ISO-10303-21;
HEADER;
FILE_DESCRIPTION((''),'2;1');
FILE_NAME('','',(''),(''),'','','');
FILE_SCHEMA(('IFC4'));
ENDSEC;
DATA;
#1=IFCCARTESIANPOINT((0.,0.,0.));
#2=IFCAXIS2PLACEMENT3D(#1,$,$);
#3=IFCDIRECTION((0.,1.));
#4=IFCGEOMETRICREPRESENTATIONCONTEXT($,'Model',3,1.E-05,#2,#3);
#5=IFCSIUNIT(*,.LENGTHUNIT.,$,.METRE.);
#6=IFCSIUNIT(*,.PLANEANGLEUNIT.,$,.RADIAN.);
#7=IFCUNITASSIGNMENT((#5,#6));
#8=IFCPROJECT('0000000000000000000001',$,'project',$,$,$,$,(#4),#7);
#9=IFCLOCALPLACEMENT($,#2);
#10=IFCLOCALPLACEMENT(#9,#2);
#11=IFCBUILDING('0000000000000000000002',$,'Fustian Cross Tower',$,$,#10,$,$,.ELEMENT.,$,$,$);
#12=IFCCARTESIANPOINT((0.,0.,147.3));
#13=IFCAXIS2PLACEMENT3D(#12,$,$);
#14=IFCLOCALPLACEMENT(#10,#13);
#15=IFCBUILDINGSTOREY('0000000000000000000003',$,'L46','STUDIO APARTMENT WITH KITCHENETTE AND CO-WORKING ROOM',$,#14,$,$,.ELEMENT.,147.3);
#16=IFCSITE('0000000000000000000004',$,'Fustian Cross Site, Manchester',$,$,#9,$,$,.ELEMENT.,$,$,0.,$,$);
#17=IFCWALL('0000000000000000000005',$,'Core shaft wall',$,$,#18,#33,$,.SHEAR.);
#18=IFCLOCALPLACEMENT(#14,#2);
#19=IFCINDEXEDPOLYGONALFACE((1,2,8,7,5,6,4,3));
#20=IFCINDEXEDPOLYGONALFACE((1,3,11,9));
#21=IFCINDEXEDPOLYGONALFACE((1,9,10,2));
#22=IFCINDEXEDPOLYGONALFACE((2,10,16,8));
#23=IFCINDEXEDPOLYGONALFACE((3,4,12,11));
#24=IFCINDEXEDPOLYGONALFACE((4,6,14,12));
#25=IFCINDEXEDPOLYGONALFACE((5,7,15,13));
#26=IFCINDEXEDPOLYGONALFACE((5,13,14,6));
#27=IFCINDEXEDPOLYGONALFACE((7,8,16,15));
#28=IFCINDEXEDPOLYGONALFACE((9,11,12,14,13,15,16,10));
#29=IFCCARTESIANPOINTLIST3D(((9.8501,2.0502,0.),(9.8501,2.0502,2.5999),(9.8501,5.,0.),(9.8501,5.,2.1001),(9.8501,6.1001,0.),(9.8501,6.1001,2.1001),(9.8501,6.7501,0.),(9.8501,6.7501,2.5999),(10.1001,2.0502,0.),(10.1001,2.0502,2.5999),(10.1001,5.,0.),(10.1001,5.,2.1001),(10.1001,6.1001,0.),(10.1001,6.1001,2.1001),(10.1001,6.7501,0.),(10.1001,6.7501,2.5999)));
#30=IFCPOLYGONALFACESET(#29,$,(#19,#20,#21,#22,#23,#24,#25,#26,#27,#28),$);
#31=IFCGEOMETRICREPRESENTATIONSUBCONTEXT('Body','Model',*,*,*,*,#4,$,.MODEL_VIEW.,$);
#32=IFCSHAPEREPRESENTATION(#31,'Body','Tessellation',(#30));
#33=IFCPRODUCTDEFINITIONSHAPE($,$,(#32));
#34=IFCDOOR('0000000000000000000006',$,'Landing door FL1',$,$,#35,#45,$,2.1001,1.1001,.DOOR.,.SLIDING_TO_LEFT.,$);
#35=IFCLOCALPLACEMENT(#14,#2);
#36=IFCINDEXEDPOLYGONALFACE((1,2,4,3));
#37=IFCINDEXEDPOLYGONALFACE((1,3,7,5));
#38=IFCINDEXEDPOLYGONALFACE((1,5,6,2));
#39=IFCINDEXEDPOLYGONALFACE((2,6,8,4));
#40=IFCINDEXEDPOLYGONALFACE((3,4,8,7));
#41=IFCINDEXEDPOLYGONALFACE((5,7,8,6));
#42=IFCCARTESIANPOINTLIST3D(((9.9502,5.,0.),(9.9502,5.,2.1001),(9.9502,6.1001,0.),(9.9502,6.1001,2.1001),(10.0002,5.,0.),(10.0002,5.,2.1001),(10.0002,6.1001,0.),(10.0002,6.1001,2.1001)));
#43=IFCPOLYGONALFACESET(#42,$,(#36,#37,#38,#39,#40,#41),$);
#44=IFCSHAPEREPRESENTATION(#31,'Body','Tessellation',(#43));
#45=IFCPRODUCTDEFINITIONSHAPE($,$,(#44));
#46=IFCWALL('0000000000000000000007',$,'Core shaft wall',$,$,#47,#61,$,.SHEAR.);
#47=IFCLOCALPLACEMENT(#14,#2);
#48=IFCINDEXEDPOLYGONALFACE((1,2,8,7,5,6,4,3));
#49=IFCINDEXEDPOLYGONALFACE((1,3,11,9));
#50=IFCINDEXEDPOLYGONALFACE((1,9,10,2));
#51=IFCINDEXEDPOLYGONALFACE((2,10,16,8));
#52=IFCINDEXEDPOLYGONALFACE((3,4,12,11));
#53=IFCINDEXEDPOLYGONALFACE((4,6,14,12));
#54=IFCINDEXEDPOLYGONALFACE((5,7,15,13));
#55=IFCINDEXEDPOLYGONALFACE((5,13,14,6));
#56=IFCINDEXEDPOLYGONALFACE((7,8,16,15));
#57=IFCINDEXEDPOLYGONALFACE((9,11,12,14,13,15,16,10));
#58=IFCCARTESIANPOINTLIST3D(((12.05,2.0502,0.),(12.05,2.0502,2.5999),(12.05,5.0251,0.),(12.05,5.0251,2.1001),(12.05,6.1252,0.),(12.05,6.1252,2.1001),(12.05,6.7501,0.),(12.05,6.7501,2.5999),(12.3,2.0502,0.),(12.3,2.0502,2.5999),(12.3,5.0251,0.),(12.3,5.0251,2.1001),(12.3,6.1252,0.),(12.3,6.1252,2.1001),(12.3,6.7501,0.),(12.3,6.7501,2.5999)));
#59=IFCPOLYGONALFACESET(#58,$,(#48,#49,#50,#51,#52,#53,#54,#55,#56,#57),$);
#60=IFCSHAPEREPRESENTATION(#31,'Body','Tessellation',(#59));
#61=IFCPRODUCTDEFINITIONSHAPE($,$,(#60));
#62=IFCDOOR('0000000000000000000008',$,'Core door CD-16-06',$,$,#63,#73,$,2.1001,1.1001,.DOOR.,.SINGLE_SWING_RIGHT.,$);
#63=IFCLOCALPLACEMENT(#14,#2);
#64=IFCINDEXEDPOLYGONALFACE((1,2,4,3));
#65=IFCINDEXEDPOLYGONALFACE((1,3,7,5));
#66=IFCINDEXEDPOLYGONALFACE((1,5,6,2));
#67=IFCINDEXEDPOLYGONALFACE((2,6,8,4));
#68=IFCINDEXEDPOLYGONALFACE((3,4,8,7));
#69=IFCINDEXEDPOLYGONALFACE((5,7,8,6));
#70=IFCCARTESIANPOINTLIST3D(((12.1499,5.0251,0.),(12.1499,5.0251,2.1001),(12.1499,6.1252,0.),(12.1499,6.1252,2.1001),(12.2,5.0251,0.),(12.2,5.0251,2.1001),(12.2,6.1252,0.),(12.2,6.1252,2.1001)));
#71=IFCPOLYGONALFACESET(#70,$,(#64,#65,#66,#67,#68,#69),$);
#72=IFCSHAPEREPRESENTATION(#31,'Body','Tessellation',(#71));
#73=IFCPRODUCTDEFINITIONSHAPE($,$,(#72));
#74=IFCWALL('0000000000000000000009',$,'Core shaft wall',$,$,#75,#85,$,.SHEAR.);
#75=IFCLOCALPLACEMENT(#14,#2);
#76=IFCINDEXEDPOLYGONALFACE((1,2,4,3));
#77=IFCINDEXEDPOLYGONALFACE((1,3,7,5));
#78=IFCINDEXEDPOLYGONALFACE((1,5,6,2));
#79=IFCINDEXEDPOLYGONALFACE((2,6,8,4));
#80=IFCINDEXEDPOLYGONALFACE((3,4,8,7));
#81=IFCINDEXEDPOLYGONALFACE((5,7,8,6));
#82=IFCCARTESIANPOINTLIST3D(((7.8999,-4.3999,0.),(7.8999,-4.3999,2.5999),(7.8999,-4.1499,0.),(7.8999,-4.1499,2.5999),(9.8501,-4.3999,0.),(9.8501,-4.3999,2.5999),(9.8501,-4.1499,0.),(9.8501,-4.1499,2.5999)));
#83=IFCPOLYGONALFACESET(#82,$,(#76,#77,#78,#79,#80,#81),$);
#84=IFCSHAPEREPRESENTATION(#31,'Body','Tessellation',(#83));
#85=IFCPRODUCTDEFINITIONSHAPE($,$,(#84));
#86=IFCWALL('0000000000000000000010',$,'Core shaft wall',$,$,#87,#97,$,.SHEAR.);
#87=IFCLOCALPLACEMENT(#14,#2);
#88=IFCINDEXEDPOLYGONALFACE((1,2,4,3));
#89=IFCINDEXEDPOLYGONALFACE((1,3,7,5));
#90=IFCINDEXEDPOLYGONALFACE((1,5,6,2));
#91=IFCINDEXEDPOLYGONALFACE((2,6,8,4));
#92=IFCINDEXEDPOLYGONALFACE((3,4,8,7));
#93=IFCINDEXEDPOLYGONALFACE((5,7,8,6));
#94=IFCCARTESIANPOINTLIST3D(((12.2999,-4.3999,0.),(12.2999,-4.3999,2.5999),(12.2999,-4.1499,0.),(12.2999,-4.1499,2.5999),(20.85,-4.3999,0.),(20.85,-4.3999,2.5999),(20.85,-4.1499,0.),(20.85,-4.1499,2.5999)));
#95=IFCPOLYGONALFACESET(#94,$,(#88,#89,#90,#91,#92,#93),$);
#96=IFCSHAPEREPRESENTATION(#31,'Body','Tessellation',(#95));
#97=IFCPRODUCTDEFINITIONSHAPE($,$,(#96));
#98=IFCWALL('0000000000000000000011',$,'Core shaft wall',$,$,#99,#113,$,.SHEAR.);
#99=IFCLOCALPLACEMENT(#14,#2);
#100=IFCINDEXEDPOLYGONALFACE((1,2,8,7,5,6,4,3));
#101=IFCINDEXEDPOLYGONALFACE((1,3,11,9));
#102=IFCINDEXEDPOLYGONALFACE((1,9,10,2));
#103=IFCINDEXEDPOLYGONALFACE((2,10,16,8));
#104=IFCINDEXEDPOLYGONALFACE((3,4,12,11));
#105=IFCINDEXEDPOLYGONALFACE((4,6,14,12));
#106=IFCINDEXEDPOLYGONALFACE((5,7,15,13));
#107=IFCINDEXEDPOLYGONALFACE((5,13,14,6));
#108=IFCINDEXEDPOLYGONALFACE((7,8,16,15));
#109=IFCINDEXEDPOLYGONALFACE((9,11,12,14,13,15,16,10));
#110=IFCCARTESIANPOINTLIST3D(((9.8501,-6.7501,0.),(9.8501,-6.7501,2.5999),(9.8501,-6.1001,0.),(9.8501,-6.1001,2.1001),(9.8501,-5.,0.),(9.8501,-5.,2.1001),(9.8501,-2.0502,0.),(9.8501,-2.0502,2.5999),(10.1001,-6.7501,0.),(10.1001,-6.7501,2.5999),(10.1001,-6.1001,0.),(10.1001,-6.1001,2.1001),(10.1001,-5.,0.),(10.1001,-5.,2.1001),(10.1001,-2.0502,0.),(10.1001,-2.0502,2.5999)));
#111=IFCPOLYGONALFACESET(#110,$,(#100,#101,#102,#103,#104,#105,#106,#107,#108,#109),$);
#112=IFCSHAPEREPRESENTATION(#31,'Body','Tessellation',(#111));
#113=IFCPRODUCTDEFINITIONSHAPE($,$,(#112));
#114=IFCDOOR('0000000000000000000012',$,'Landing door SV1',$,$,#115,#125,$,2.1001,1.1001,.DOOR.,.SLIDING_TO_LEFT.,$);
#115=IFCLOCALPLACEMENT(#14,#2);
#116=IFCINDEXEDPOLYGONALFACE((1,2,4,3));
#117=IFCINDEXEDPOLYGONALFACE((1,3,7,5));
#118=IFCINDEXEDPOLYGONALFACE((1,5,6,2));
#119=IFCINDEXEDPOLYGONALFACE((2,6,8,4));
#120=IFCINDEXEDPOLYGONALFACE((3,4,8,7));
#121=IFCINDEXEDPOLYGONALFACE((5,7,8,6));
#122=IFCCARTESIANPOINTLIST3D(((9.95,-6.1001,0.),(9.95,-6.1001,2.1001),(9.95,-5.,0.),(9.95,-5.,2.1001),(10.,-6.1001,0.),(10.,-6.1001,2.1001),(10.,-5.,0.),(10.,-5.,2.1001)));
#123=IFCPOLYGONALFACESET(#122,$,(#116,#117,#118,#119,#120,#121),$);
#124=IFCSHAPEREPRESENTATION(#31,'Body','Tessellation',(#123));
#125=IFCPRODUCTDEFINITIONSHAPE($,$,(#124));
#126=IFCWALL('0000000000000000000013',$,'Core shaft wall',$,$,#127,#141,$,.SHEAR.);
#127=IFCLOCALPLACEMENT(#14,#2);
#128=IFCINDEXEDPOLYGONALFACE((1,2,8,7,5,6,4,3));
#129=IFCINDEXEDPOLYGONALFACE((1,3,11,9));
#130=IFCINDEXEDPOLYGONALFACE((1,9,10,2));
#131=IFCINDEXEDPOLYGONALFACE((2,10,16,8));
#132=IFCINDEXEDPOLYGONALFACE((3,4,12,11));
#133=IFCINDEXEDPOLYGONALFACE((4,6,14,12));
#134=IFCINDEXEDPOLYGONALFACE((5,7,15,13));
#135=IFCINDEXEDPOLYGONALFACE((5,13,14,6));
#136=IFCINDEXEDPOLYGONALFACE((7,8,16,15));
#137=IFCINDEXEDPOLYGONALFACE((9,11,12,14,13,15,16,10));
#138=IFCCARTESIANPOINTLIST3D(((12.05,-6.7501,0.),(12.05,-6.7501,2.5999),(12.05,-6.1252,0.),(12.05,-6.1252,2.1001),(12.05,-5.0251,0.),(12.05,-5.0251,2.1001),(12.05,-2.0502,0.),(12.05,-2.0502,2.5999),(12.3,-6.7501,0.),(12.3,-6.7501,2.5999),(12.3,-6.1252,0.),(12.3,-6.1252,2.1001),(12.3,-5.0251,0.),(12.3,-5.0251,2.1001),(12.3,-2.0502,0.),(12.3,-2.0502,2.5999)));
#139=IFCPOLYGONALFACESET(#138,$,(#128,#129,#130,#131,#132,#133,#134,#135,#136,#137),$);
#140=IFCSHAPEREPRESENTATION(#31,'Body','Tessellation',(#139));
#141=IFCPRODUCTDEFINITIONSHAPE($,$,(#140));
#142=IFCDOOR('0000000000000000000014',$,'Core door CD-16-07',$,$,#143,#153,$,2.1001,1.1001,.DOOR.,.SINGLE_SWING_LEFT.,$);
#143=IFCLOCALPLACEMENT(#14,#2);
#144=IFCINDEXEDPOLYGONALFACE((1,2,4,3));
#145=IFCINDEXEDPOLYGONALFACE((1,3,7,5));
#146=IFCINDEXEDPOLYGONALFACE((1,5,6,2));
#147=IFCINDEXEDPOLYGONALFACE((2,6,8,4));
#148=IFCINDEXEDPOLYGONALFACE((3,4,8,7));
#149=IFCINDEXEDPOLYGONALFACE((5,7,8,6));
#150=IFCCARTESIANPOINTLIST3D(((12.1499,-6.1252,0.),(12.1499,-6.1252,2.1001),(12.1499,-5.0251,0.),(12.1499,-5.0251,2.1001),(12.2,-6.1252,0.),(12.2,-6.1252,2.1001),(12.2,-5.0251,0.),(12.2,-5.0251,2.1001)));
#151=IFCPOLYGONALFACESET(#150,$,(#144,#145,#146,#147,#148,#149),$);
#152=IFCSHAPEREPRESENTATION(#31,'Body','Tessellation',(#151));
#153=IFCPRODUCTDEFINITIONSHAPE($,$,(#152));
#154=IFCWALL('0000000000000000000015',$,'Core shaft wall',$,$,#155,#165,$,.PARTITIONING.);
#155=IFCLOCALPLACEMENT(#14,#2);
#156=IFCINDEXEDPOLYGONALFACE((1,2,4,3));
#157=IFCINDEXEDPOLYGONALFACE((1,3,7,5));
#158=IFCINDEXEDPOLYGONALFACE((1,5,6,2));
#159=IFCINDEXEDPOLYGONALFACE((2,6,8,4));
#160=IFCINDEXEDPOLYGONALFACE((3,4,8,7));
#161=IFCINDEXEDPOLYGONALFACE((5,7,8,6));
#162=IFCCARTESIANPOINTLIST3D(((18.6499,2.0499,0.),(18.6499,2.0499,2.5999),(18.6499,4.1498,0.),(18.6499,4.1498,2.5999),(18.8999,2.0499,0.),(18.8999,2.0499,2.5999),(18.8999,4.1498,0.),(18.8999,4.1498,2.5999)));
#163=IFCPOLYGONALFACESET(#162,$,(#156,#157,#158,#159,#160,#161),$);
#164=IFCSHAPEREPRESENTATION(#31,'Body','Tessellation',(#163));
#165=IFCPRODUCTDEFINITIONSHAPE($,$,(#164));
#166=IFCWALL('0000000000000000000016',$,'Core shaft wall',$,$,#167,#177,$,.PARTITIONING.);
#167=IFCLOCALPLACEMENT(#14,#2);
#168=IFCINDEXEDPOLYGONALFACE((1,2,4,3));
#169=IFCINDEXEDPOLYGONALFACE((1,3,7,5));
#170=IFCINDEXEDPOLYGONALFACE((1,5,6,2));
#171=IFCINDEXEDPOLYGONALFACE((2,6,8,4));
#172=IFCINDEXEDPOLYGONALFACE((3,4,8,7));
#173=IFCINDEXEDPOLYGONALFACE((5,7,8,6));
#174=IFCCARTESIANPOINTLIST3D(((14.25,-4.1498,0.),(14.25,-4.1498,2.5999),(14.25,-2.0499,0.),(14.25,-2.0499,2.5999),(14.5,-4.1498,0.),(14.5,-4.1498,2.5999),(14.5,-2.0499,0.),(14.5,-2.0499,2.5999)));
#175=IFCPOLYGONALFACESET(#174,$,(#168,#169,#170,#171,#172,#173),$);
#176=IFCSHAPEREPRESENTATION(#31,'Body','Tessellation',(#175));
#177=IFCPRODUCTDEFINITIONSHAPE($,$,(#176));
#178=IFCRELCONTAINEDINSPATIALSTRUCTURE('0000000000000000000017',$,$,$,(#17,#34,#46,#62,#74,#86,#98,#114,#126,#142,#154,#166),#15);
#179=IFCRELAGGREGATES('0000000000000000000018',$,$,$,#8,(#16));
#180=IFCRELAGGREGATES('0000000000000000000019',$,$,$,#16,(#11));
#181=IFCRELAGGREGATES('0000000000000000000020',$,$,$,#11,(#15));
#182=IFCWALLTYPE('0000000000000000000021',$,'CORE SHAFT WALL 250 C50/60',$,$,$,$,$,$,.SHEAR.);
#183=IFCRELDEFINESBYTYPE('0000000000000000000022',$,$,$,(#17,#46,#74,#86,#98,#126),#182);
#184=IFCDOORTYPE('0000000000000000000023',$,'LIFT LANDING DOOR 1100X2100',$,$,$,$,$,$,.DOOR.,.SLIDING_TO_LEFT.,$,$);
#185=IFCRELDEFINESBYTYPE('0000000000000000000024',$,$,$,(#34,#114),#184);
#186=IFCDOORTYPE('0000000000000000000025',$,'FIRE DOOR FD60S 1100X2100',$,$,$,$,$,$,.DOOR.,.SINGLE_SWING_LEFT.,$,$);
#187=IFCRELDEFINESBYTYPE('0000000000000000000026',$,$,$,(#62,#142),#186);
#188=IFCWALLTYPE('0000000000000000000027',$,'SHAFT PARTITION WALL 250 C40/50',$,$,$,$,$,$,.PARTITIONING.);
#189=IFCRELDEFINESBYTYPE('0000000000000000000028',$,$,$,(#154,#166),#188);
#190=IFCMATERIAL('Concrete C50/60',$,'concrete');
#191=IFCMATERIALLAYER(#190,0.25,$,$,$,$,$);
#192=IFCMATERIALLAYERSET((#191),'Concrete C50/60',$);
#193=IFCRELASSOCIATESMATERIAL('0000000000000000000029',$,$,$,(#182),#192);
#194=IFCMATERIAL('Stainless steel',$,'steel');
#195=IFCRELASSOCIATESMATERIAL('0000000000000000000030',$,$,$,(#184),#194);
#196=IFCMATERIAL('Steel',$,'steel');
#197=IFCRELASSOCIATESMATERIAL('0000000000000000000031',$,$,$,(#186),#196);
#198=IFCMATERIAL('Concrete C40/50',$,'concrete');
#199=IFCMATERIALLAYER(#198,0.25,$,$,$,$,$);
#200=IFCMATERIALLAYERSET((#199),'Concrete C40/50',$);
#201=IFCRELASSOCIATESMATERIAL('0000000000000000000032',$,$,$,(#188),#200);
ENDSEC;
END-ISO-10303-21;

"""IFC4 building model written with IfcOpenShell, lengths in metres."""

from ifc_helpers import new_model, si_unit, direction, frame, frame_2d, origin, place, context, subcontext, project, spatial, rectangle, extrude, material, layer, layer_set, type_object, element, fill, save


model = new_model("IFC4")

# Units and contexts
model_context = context("Model", 3, precision=1e-05, world=origin(), true_north=direction((0.0, 1.0)))
body_context = subcontext(model_context, "Body", "Model", "MODEL_VIEW")
ifc_project = project(units=[si_unit("LENGTHUNIT", "METRE"), si_unit("PLANEANGLEUNIT", "RADIAN")], contexts=[model_context])

# Site, building, storey
site_placement = place(None, origin())
site = spatial("IfcSite", under=ifc_project, at=site_placement, Name="Fustian Cross Site, Manchester", CompositionType="ELEMENT", RefElevation=0.0)
building_placement = place(site_placement, origin())
building = spatial("IfcBuilding", under=site, at=building_placement, Name="Fustian Cross Tower", CompositionType="ELEMENT")
storey_placement = place(building_placement, frame((0.0, 0.0, 147.3)))
storey = spatial("IfcBuildingStorey", under=building, at=storey_placement, Name="L46", Description="STUDIO APARTMENT WITH KITCHENETTE AND CO-WORKING ROOM", CompositionType="ELEMENT", Elevation=147.3)

# Shared definitions
ifc_material_1 = material(Name="Concrete C50/60", Category="concrete")
ifc_layer_1 = layer(ifc_material_1, 0.25)
ifc_layer_set_1 = layer_set([ifc_layer_1], Name="Concrete C50/60")
wall_type_1 = type_object("IfcWallType", Name="CORE SHAFT WALL 250 C50/60", PredefinedType="SHEAR", material=ifc_layer_set_1)

# Walls, openings, doors
wall_1_placement = place(storey_placement, frame((9.9751, 2.05, 0.0), z_axis=(0.0, 0.0, 1.0), x_axis=(0.0, 1.0, 0.0)))
wall_1 = element("IfcWall", 1, at=wall_1_placement, inside=storey, type_object=wall_type_1, Name="Core shaft wall", PredefinedType="SHEAR", context=body_context, shape_type="SweptSolid", body=[
    extrude(rectangle(XDim=4.7, YDim=0.25, at=frame_2d((2.3501, 0.0))), origin(), (0.0, 0.0, 1.0), 2.5999),
])
opening_1_placement = place(wall_1_placement, frame((2.95, 0.0, 0.0)))
opening_1 = element("IfcOpeningElement", 2, at=opening_1_placement, cuts=wall_1, PredefinedType="OPENING", context=body_context, shape_type="SweptSolid", body=[
    extrude(rectangle(XDim=1.1001, YDim=2.1001, at=frame_2d((0.55, 1.05))), frame((0.0, 0.135, 0.0), z_axis=(0.0, -1.0, 0.0), x_axis=(1.0, 0.0, 0.0)), (0.0, 0.0, 1.0), 0.27),
])
ifc_material_2 = material(Name="Stainless steel", Category="steel")
door_type_1 = type_object("IfcDoorType", Name="LIFT LANDING DOOR 1100X2100", OperationType="SLIDING_TO_LEFT", PredefinedType="DOOR", material=ifc_material_2)
door_1_placement = place(opening_1_placement, origin())
door_1 = element("IfcDoor", 3, at=door_1_placement, inside=storey, type_object=door_type_1, Name="Landing door FL1", OperationType="SLIDING_TO_LEFT", OverallHeight=2.1001, OverallWidth=1.1001, PredefinedType="DOOR", context=body_context, shape_type="SweptSolid", body=[
    extrude(rectangle(XDim=1.1001, YDim=2.1001, at=frame_2d((0.55, 1.05))), frame((0.0, 0.0249, 0.0), z_axis=(0.0, -1.0, 0.0), x_axis=(1.0, 0.0, 0.0)), (0.0, 0.0, 1.0), 0.05),
])
fill(opening_1, door_1)
wall_2_placement = place(storey_placement, frame((12.175, 2.05, 0.0), z_axis=(0.0, 0.0, 1.0), x_axis=(0.0, 1.0, 0.0)))
wall_2 = element("IfcWall", 4, at=wall_2_placement, inside=storey, type_object=wall_type_1, Name="Core shaft wall", PredefinedType="SHEAR", context=body_context, shape_type="SweptSolid", body=[
    extrude(rectangle(XDim=4.7, YDim=0.25, at=frame_2d((2.3501, 0.0))), origin(), (0.0, 0.0, 1.0), 2.5999),
])
opening_2_placement = place(wall_2_placement, frame((2.9751, 0.0, 0.0)))
opening_2 = element("IfcOpeningElement", 5, at=opening_2_placement, cuts=wall_2, PredefinedType="OPENING", context=body_context, shape_type="SweptSolid", body=[
    extrude(rectangle(XDim=1.1001, YDim=2.1001, at=frame_2d((0.55, 1.05))), frame((0.0, 0.135, 0.0), z_axis=(0.0, -1.0, 0.0), x_axis=(1.0, 0.0, 0.0)), (0.0, 0.0, 1.0), 0.27),
])
ifc_material_3 = material(Name="Steel", Category="steel")
door_type_2 = type_object("IfcDoorType", Name="FIRE DOOR FD60S 1100X2100", OperationType="SINGLE_SWING_LEFT", PredefinedType="DOOR", material=ifc_material_3)
door_2_placement = place(opening_2_placement, frame((1.1001, 0.0, 0.0), z_axis=(0.0, 0.0, 1.0), x_axis=(-1.0, 0.0, 0.0)))
door_2 = element("IfcDoor", 6, at=door_2_placement, inside=storey, type_object=door_type_2, Name="Core door CD-16-06", OperationType="SINGLE_SWING_RIGHT", OverallHeight=2.1001, OverallWidth=1.1001, PredefinedType="DOOR", context=body_context, shape_type="SweptSolid", body=[
    extrude(rectangle(XDim=1.1001, YDim=2.1001, at=frame_2d((0.55, 1.05))), frame((0.0, 0.0249, 0.0), z_axis=(0.0, -1.0, 0.0), x_axis=(1.0, 0.0, 0.0)), (0.0, 0.0, 1.0), 0.05),
])
fill(opening_2, door_2)

# Walls
wall_3_placement = place(storey_placement, frame((7.8999, -4.2749, 0.0), z_axis=(0.0, 0.0, 1.0), x_axis=(1.0, 0.0, 0.0)))
element("IfcWall", 7, at=wall_3_placement, inside=storey, type_object=wall_type_1, Name="Core shaft wall", PredefinedType="SHEAR", context=body_context, shape_type="SweptSolid", body=[
    extrude(rectangle(XDim=1.9502, YDim=0.25, at=frame_2d((0.9751, 0.0))), origin(), (0.0, 0.0, 1.0), 2.5999),
])
wall_4_placement = place(storey_placement, frame((12.3, -4.2749, 0.0), z_axis=(0.0, 0.0, 1.0), x_axis=(1.0, 0.0, 0.0)))
element("IfcWall", 8, at=wall_4_placement, inside=storey, type_object=wall_type_1, Name="Core shaft wall", PredefinedType="SHEAR", context=body_context, shape_type="SweptSolid", body=[
    extrude(rectangle(XDim=8.55, YDim=0.25, at=frame_2d((4.2749, 0.0))), origin(), (0.0, 0.0, 1.0), 2.5999),
])

# Walls, openings, doors
wall_5_placement = place(storey_placement, frame((9.9751, -2.05, 0.0), z_axis=(0.0, 0.0, 1.0), x_axis=(0.0, -1.0, 0.0)))
wall_5 = element("IfcWall", 9, at=wall_5_placement, inside=storey, type_object=wall_type_1, Name="Core shaft wall", PredefinedType="SHEAR", context=body_context, shape_type="SweptSolid", body=[
    extrude(rectangle(XDim=4.7, YDim=0.25, at=frame_2d((2.3501, 0.0))), origin(), (0.0, 0.0, 1.0), 2.5999),
])
opening_3_placement = place(wall_5_placement, frame((2.95, 0.0, 0.0)))
opening_3 = element("IfcOpeningElement", 10, at=opening_3_placement, cuts=wall_5, PredefinedType="OPENING", context=body_context, shape_type="SweptSolid", body=[
    extrude(rectangle(XDim=1.1001, YDim=2.1001, at=frame_2d((0.55, 1.05))), frame((0.0, 0.135, 0.0), z_axis=(0.0, -1.0, 0.0), x_axis=(1.0, 0.0, 0.0)), (0.0, 0.0, 1.0), 0.27),
])
door_3_placement = place(opening_3_placement, origin())
door_3 = element("IfcDoor", 11, at=door_3_placement, inside=storey, type_object=door_type_1, Name="Landing door SV1", OperationType="SLIDING_TO_LEFT", OverallHeight=2.1001, OverallWidth=1.1001, PredefinedType="DOOR", context=body_context, shape_type="SweptSolid", body=[
    extrude(rectangle(XDim=1.1001, YDim=2.1001, at=frame_2d((0.55, 1.05))), frame((0.0, 0.0249, 0.0), z_axis=(0.0, -1.0, 0.0), x_axis=(1.0, 0.0, 0.0)), (0.0, 0.0, 1.0), 0.05),
])
fill(opening_3, door_3)
wall_6_placement = place(storey_placement, frame((12.175, -2.05, 0.0), z_axis=(0.0, 0.0, 1.0), x_axis=(0.0, -1.0, 0.0)))
wall_6 = element("IfcWall", 12, at=wall_6_placement, inside=storey, type_object=wall_type_1, Name="Core shaft wall", PredefinedType="SHEAR", context=body_context, shape_type="SweptSolid", body=[
    extrude(rectangle(XDim=4.7, YDim=0.25, at=frame_2d((2.3501, 0.0))), origin(), (0.0, 0.0, 1.0), 2.5999),
])
opening_4_placement = place(wall_6_placement, frame((2.9751, 0.0, 0.0)))
opening_4 = element("IfcOpeningElement", 13, at=opening_4_placement, cuts=wall_6, PredefinedType="OPENING", context=body_context, shape_type="SweptSolid", body=[
    extrude(rectangle(XDim=1.1001, YDim=2.1001, at=frame_2d((0.55, 1.05))), frame((0.0, 0.135, 0.0), z_axis=(0.0, -1.0, 0.0), x_axis=(1.0, 0.0, 0.0)), (0.0, 0.0, 1.0), 0.27),
])
door_4_placement = place(opening_4_placement, origin())
door_4 = element("IfcDoor", 14, at=door_4_placement, inside=storey, type_object=door_type_2, Name="Core door CD-16-07", OperationType="SINGLE_SWING_LEFT", OverallHeight=2.1001, OverallWidth=1.1001, PredefinedType="DOOR", context=body_context, shape_type="SweptSolid", body=[
    extrude(rectangle(XDim=1.1001, YDim=2.1001, at=frame_2d((0.55, 1.05))), frame((0.0, 0.0249, 0.0), z_axis=(0.0, -1.0, 0.0), x_axis=(1.0, 0.0, 0.0)), (0.0, 0.0, 1.0), 0.05),
])
fill(opening_4, door_4)

# Walls
ifc_material_4 = material(Name="Concrete C40/50", Category="concrete")
ifc_layer_2 = layer(ifc_material_4, 0.25)
ifc_layer_set_2 = layer_set([ifc_layer_2], Name="Concrete C40/50")
wall_type_2 = type_object("IfcWallType", Name="SHAFT PARTITION WALL 250 C40/50", PredefinedType="PARTITIONING", material=ifc_layer_set_2)
for number, where, z_axis, x_axis, name in (
    (15, (18.7749, 2.05, 0.0), (0.0, 0.0, 1.0), (0.0, 1.0, 0.0), "Core shaft wall"),
    (16, (14.375, -2.05, 0.0), (0.0, 0.0, 1.0), (0.0, -1.0, 0.0), "Core shaft wall"),
):
    element("IfcWall", number, at=place(storey_placement, frame(where, z_axis=z_axis, x_axis=x_axis)), inside=storey, type_object=wall_type_2, Name=name, PredefinedType="PARTITIONING", context=body_context, shape_type="SweptSolid", body=[
        extrude(rectangle(XDim=2.0999, YDim=0.25, at=frame_2d((1.0498, 0.0))), origin(), (0.0, 0.0, 1.0), 2.5999),
    ])

save(model, "model.ifc")
